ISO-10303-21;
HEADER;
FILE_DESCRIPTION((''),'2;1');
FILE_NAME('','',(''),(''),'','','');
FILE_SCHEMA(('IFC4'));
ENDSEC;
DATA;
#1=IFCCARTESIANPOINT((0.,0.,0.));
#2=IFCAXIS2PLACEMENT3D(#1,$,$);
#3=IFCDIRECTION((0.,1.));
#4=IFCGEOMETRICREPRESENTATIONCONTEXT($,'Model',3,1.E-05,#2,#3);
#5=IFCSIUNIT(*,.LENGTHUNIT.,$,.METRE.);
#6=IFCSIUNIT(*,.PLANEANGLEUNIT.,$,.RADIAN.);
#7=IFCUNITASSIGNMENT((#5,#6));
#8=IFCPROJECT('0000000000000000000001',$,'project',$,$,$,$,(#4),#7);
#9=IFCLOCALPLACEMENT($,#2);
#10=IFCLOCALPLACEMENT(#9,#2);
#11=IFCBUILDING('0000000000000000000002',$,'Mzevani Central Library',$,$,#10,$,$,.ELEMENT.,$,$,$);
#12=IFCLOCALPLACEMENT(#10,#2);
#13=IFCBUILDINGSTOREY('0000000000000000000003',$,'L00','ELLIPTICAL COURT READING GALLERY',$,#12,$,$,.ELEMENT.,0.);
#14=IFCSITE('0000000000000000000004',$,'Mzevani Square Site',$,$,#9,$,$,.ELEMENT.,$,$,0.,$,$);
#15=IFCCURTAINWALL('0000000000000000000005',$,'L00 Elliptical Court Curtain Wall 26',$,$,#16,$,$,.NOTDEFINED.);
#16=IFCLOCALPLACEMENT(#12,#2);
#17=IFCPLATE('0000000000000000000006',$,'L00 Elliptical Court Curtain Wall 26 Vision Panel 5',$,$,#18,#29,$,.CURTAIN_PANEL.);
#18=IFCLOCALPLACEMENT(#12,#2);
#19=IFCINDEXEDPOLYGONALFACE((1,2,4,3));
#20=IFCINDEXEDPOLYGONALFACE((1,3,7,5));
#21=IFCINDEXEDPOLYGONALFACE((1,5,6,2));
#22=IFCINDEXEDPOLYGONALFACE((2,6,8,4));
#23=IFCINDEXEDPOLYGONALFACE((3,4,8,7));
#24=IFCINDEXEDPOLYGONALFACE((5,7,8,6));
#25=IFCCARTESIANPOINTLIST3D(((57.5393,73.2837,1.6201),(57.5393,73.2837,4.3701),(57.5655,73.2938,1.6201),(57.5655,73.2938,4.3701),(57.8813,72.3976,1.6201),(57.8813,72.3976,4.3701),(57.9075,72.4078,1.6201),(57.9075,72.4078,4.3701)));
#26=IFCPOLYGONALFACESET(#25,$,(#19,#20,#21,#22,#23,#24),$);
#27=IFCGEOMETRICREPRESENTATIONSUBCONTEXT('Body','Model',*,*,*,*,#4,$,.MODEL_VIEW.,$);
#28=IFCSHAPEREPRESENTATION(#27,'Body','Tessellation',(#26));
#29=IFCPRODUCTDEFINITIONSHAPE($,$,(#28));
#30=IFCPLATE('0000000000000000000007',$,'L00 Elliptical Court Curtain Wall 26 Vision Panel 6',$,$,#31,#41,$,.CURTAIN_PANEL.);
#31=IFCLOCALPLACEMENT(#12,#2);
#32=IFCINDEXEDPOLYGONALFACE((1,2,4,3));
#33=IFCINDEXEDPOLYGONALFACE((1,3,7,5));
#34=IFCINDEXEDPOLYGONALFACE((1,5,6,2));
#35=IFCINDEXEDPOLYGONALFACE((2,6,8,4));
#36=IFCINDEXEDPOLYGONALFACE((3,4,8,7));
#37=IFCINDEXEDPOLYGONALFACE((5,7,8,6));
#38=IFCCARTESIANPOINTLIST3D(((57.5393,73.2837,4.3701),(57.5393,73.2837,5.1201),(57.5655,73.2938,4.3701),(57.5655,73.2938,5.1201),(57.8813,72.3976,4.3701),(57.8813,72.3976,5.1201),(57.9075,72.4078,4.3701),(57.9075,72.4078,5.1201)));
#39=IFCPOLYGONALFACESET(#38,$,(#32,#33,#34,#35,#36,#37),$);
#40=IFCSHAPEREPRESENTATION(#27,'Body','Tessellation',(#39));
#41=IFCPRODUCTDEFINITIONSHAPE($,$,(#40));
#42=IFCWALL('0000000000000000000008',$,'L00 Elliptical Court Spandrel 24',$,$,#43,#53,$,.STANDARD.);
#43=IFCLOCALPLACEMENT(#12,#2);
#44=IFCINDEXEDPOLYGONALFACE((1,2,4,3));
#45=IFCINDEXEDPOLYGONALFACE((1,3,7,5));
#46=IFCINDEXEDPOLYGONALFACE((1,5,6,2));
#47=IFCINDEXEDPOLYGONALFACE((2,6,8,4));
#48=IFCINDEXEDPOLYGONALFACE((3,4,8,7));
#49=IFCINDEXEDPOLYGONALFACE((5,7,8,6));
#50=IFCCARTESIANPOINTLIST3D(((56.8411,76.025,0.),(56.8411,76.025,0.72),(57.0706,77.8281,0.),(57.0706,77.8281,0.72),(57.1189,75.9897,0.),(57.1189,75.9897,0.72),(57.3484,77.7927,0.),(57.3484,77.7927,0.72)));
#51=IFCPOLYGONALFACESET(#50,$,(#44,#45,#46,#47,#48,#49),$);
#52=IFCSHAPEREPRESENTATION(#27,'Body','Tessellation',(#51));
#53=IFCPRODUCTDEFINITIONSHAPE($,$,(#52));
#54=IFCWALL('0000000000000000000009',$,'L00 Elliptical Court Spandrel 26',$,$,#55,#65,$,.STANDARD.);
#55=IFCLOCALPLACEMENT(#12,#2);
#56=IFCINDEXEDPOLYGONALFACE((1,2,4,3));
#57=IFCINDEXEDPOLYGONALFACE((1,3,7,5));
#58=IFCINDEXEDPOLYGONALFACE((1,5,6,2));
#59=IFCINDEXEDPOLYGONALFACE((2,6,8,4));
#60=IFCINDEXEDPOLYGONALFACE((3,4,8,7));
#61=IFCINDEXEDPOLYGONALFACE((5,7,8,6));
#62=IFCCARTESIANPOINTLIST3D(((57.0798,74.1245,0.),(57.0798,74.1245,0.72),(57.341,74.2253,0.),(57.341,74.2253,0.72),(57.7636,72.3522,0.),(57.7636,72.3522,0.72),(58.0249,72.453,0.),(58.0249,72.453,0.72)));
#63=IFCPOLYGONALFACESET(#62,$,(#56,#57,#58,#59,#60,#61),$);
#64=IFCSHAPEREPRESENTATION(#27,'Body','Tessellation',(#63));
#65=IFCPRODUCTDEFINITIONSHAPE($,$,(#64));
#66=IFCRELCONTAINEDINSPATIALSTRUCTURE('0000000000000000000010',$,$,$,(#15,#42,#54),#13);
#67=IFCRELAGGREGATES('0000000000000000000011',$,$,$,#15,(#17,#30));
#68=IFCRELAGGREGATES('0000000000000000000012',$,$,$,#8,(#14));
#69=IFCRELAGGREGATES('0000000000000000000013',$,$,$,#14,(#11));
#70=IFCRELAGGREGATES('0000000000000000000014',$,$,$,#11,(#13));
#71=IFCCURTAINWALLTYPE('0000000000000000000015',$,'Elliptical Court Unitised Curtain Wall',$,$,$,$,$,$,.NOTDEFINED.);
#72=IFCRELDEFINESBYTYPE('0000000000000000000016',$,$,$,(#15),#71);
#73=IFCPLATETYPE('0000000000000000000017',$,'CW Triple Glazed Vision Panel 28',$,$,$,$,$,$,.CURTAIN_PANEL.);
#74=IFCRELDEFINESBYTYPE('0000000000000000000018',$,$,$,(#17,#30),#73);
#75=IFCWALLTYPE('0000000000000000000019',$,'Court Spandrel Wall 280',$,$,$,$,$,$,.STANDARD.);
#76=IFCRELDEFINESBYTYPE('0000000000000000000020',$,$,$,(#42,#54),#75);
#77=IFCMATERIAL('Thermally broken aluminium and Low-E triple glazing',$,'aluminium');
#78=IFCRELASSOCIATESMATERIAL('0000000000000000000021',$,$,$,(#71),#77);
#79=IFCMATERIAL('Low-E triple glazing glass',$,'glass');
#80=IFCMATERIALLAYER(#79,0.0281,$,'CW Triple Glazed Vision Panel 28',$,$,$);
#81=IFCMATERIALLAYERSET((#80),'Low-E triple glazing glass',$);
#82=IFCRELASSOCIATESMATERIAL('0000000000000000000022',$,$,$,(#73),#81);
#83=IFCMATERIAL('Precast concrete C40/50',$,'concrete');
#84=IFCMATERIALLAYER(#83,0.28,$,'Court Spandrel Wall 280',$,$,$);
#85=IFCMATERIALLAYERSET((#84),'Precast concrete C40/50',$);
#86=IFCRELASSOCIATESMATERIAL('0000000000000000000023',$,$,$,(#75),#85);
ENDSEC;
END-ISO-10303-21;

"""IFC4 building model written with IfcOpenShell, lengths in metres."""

from ifc_helpers import new_model, si_unit, direction, frame, frame_2d, origin, origin_2d, place, context, subcontext, project, spatial, rectangle, extrude, material, layer, layer_set, type_object, element, aggregate, save


model = new_model("IFC4")

# Units and contexts
model_context = context("Model", 3, precision=1e-05, world=origin(), true_north=direction((0.0, 1.0)))
body_context = subcontext(model_context, "Body", "Model", "MODEL_VIEW")
ifc_project = project(units=[si_unit("LENGTHUNIT", "METRE"), si_unit("PLANEANGLEUNIT", "RADIAN")], contexts=[model_context])

# Site, building, storey
site_placement = place(None, origin())
site = spatial("IfcSite", under=ifc_project, at=site_placement, Name="Mzevani Square Site", CompositionType="ELEMENT", RefElevation=0.0)
building_placement = place(site_placement, origin())
building = spatial("IfcBuilding", under=site, at=building_placement, Name="Mzevani Central Library", CompositionType="ELEMENT")
storey_placement = place(building_placement, origin())
storey = spatial("IfcBuildingStorey", under=building, at=storey_placement, Name="L00", Description="ELLIPTICAL COURT READING GALLERY", CompositionType="ELEMENT", Elevation=0.0)

# Curtain wall
ifc_material_1 = material(Name="Thermally broken aluminium and Low-E triple glazing", Category="aluminium")
curtain_wall_type_1 = type_object("IfcCurtainWallType", Name="Elliptical Court Unitised Curtain Wall", PredefinedType="NOTDEFINED", material=ifc_material_1)
curtain_wall_1_placement = place(storey_placement, origin())
curtain_wall_1 = element("IfcCurtainWall", 1, at=curtain_wall_1_placement, inside=storey, type_object=curtain_wall_type_1, Name="L00 Elliptical Court Curtain Wall 26", PredefinedType="NOTDEFINED")

# Plates
ifc_material_2 = material(Name="Low-E triple glazing glass", Category="glass")
ifc_layer_1 = layer(ifc_material_2, 0.0281, Name="CW Triple Glazed Vision Panel 28")
ifc_layer_set_1 = layer_set([ifc_layer_1], Name="Low-E triple glazing glass")
plate_type_1 = type_object("IfcPlateType", Name="CW Triple Glazed Vision Panel 28", PredefinedType="CURTAIN_PANEL", material=ifc_layer_set_1)
plate_1_placement = place(storey_placement, frame((57.7234, 72.8457, 1.6201), z_axis=(0.0, 0.0, 1.0), x_axis=(0.360062, -0.932928, 0.0)))
plate_1 = element("IfcPlate", 2, at=plate_1_placement, type_object=plate_type_1, Name="L00 Elliptical Court Curtain Wall 26 Vision Panel 5", PredefinedType="CURTAIN_PANEL", context=body_context, shape_type="SweptSolid", body=[
    extrude(rectangle(XDim=0.9497, YDim=0.0281, at=origin_2d()), origin(), (0.0, 0.0, 1.0), 2.75),
])
plate_2_placement = place(storey_placement, frame((57.7234, 72.8457, 4.3701), z_axis=(0.0, 0.0, 1.0), x_axis=(0.360062, -0.932928, 0.0)))
plate_2 = element("IfcPlate", 3, at=plate_2_placement, type_object=plate_type_1, Name="L00 Elliptical Court Curtain Wall 26 Vision Panel 6", PredefinedType="CURTAIN_PANEL", context=body_context, shape_type="SweptSolid", body=[
    extrude(rectangle(XDim=0.9497, YDim=0.0281, at=origin_2d()), origin(), (0.0, 0.0, 1.0), 0.75),
])
aggregate(curtain_wall_1, [plate_1, plate_2])

# Walls
ifc_material_3 = material(Name="Precast concrete C40/50", Category="concrete")
ifc_layer_2 = layer(ifc_material_3, 0.28, Name="Court Spandrel Wall 280")
ifc_layer_set_2 = layer_set([ifc_layer_2], Name="Precast concrete C40/50")
wall_type = type_object("IfcWallType", Name="Court Spandrel Wall 280", PredefinedType="STANDARD", material=ifc_layer_set_2)
wall_1_placement = place(storey_placement, frame((57.2095, 77.8103, 0.0), z_axis=(0.0, 0.0, 1.0), x_axis=(-0.126266, -0.991996, 0.0)))
element("IfcWall", 4, at=wall_1_placement, inside=storey, type_object=wall_type, Name="L00 Elliptical Court Spandrel 24", PredefinedType="STANDARD", context=body_context, shape_type="SweptSolid", body=[
    extrude(rectangle(XDim=1.8176, YDim=0.28, at=frame_2d((0.9087, 0.0))), origin(), (0.0, 0.0, 1.0), 0.72),
])
wall_2_placement = place(storey_placement, frame((57.2104, 74.1748, 0.0), z_axis=(0.0, 0.0, 1.0), x_axis=(0.359995, -0.932954, 0.0)))
element("IfcWall", 5, at=wall_2_placement, inside=storey, type_object=wall_type, Name="L00 Elliptical Court Spandrel 26", PredefinedType="STANDARD", context=body_context, shape_type="SweptSolid", body=[
    extrude(rectangle(XDim=1.8997, YDim=0.28, at=frame_2d((0.9497, 0.0))), origin(), (0.0, 0.0, 1.0), 0.72),
])

save(model, "model.ifc")
